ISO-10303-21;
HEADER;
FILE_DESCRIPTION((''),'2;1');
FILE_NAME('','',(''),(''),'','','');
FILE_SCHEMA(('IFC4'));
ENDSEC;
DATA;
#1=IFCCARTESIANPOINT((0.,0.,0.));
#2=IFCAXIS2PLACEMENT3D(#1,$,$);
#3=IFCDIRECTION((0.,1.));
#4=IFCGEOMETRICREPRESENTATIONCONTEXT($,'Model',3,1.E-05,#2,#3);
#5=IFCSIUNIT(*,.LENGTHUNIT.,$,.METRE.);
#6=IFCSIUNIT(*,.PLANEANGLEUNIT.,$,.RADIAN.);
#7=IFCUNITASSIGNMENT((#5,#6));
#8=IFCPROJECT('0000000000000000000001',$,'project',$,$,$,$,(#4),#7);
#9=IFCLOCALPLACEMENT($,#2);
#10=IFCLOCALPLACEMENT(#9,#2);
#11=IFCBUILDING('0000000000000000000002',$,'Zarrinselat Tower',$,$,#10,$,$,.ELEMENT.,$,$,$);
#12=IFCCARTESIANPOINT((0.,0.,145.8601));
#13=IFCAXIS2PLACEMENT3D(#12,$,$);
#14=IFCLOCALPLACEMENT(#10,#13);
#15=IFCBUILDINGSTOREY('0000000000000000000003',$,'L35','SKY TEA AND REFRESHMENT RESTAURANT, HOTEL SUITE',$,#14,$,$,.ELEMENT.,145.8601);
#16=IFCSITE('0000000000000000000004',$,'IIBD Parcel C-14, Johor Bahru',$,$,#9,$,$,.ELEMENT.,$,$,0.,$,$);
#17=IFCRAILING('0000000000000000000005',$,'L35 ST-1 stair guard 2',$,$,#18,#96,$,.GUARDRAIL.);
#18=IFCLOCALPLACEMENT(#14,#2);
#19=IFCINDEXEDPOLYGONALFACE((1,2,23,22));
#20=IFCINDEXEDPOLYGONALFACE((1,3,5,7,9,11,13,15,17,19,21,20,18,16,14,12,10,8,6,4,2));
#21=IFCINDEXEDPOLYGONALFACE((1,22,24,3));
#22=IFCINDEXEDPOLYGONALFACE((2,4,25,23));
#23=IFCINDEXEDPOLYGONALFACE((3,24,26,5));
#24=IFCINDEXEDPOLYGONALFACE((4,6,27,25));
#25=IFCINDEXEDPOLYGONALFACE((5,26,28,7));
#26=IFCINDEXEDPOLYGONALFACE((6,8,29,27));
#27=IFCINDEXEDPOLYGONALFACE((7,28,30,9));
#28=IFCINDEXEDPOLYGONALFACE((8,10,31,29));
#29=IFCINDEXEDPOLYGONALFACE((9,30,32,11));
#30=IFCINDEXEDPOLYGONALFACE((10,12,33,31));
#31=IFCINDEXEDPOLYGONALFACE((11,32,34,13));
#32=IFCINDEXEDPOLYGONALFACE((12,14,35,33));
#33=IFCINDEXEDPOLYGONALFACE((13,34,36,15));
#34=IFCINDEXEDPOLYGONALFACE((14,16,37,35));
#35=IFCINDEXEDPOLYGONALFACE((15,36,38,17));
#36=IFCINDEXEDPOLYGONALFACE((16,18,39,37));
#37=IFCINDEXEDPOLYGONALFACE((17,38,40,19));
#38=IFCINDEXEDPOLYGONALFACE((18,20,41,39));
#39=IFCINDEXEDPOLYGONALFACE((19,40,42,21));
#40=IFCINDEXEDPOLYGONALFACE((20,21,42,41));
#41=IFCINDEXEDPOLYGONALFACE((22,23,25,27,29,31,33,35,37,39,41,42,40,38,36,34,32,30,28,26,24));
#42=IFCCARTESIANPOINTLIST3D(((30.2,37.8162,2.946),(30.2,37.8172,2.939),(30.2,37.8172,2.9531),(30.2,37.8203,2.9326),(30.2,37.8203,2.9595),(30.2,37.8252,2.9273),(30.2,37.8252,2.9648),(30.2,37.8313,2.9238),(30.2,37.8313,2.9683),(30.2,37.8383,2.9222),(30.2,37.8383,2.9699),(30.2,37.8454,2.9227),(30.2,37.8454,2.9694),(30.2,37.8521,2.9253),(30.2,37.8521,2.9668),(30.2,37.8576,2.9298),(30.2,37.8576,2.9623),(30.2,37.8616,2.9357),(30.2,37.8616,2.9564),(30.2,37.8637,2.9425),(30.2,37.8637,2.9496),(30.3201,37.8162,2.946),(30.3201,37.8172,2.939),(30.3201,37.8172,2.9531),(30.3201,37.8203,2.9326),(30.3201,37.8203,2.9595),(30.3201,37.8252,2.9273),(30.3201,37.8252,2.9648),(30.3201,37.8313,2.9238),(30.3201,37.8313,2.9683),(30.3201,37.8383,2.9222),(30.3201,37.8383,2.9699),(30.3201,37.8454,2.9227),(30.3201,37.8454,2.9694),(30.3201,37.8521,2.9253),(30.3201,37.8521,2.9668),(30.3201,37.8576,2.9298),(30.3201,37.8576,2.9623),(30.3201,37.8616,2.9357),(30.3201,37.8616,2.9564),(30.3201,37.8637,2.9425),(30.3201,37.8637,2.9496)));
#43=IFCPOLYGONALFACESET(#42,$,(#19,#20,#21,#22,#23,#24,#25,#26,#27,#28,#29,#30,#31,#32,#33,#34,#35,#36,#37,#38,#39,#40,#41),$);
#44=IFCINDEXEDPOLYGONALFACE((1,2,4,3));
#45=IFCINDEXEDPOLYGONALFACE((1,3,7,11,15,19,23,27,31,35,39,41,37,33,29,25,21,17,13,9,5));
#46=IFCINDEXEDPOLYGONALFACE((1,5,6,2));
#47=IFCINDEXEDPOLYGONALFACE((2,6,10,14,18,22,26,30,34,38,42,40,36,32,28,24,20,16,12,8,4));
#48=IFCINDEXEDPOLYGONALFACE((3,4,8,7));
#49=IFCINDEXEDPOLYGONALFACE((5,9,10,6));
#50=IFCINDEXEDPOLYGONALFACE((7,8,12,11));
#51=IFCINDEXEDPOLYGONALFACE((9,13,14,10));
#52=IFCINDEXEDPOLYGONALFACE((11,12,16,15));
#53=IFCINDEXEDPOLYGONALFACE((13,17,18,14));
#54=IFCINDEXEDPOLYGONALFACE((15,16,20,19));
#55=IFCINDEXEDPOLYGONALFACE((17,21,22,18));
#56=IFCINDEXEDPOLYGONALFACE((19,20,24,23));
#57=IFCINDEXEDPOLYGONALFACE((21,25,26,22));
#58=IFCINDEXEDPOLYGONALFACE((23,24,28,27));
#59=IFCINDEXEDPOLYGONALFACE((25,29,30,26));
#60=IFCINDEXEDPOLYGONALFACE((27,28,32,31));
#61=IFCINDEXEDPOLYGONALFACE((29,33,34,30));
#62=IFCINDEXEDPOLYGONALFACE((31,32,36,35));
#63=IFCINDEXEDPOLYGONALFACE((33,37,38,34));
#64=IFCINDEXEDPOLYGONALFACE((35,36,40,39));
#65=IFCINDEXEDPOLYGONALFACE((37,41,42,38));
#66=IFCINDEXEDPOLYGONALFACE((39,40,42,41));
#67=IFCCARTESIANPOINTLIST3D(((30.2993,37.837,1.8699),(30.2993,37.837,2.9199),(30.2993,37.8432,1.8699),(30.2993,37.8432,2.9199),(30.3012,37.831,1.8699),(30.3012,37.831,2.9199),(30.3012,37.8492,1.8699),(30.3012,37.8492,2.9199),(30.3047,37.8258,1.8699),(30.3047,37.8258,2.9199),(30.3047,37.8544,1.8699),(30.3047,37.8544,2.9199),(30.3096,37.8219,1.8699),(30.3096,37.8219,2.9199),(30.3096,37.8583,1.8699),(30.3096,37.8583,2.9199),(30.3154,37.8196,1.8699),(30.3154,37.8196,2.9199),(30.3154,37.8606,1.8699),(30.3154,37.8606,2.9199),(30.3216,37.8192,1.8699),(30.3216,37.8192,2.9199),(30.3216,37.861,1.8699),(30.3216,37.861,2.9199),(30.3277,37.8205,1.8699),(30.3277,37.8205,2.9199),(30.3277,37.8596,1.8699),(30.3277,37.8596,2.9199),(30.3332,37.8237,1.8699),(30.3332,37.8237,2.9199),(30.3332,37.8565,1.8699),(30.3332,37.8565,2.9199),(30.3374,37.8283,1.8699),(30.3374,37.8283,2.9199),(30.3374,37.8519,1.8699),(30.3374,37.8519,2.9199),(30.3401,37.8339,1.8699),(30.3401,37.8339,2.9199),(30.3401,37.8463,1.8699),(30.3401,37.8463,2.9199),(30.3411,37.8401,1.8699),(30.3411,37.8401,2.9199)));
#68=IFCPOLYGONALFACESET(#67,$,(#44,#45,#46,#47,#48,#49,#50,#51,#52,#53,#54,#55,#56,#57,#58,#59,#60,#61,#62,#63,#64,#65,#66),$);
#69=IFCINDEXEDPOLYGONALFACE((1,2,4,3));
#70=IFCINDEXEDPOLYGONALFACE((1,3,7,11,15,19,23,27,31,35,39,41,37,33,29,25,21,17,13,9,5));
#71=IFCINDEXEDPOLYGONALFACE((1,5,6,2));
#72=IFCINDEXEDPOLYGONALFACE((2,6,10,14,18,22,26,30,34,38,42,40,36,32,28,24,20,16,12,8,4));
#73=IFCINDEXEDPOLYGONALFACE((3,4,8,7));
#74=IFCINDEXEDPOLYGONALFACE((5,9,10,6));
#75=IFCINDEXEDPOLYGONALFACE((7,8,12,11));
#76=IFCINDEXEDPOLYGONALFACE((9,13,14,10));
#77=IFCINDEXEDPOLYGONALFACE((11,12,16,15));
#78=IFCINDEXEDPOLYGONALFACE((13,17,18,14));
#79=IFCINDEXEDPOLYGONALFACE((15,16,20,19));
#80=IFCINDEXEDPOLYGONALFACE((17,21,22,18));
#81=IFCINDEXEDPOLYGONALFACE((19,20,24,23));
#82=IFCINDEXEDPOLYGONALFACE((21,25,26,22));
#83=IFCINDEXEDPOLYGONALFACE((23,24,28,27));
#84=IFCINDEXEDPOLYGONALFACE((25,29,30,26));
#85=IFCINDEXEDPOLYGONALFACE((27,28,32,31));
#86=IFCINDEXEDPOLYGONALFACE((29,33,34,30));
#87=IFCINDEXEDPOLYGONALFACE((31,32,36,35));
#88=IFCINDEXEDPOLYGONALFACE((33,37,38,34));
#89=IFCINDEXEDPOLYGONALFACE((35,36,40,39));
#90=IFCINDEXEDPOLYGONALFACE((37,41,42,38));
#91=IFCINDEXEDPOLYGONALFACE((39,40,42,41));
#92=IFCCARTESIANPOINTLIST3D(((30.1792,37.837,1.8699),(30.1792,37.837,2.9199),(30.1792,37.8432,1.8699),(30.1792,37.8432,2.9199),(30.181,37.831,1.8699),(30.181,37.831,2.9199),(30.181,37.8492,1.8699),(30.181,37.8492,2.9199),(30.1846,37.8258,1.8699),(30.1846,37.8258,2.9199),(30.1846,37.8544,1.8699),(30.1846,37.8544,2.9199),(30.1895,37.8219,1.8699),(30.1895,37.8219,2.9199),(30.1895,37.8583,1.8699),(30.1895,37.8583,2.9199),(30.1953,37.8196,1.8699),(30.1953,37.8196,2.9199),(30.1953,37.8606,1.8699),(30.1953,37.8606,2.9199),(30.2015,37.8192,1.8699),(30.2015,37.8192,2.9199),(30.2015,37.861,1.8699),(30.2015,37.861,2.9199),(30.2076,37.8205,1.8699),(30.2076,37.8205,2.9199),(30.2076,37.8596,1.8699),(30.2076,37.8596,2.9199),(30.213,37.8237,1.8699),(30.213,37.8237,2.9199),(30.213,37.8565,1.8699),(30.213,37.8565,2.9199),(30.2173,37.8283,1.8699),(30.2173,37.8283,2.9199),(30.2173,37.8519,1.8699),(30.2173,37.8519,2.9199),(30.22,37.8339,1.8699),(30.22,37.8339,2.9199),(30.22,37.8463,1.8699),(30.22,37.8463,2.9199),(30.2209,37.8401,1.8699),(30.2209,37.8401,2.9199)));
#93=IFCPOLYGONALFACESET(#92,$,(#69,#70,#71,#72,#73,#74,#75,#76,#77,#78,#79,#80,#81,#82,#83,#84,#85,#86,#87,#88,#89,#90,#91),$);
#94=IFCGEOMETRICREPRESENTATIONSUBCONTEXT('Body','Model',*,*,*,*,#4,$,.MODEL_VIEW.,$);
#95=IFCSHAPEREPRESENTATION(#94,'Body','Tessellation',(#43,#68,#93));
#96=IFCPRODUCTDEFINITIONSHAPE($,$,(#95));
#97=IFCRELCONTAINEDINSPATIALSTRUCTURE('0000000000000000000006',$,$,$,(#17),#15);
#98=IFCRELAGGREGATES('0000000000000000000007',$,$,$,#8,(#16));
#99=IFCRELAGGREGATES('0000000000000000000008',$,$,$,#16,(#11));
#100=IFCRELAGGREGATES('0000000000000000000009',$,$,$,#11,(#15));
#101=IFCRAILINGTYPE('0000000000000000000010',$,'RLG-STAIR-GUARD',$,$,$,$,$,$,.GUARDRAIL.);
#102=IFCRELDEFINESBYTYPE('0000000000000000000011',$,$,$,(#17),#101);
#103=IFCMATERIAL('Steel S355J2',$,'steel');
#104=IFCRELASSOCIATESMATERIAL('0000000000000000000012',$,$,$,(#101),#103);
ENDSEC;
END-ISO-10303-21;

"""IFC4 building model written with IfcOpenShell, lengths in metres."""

from ifc_helpers import new_model, si_unit, direction, frame, origin, origin_2d, place, context, subcontext, project, spatial, circle, extrude, material, type_object, element, save


model = new_model("IFC4")

# Units and contexts
model_context = context("Model", 3, precision=1e-05, world=origin(), true_north=direction((0.0, 1.0)))
body_context = subcontext(model_context, "Body", "Model", "MODEL_VIEW")
ifc_project = project(units=[si_unit("LENGTHUNIT", "METRE"), si_unit("PLANEANGLEUNIT", "RADIAN")], contexts=[model_context])

# Site, building, storey
site_placement = place(None, origin())
site = spatial("IfcSite", under=ifc_project, at=site_placement, Name="IIBD Parcel C-14, Johor Bahru", CompositionType="ELEMENT", RefElevation=0.0)
building_placement = place(site_placement, origin())
building = spatial("IfcBuilding", under=site, at=building_placement, Name="Zarrinselat Tower", CompositionType="ELEMENT")
storey_placement = place(building_placement, frame((0.0, 0.0, 145.8601)))
storey = spatial("IfcBuildingStorey", under=building, at=storey_placement, Name="L35", Description="SKY TEA AND REFRESHMENT RESTAURANT, HOTEL SUITE", CompositionType="ELEMENT", Elevation=145.8601)

# Railing
ifc_material_1 = material(Name="Steel S355J2", Category="steel")
railing_type_1 = type_object("IfcRailingType", Name="RLG-STAIR-GUARD", PredefinedType="GUARDRAIL", material=ifc_material_1)
railing_1_placement = place(storey_placement, frame((30.3201, 37.8401, 1.8699)))
element("IfcRailing", 1, at=railing_1_placement, inside=storey, type_object=railing_type_1, Name="L35 ST-1 stair guard 2", PredefinedType="GUARDRAIL", context=body_context, shape_type="SweptSolid", body=[
    extrude(circle(Radius=0.0239, at=origin_2d()), frame((0.0, 0.0, 1.0762), z_axis=(-1.0, 0.0, 0.0), x_axis=(0.0, -1.0, 0.0)), (0.0, 0.0, 1.0), 0.1201),
    extrude(circle(Radius=0.021, at=origin_2d()), origin(), (0.0, 0.0, 1.0), 1.05),
    extrude(circle(Radius=0.021, at=origin_2d()), frame((-0.1201, 0.0, 0.0)), (0.0, 0.0, 1.0), 1.05),
])

save(model, "model.ifc")
